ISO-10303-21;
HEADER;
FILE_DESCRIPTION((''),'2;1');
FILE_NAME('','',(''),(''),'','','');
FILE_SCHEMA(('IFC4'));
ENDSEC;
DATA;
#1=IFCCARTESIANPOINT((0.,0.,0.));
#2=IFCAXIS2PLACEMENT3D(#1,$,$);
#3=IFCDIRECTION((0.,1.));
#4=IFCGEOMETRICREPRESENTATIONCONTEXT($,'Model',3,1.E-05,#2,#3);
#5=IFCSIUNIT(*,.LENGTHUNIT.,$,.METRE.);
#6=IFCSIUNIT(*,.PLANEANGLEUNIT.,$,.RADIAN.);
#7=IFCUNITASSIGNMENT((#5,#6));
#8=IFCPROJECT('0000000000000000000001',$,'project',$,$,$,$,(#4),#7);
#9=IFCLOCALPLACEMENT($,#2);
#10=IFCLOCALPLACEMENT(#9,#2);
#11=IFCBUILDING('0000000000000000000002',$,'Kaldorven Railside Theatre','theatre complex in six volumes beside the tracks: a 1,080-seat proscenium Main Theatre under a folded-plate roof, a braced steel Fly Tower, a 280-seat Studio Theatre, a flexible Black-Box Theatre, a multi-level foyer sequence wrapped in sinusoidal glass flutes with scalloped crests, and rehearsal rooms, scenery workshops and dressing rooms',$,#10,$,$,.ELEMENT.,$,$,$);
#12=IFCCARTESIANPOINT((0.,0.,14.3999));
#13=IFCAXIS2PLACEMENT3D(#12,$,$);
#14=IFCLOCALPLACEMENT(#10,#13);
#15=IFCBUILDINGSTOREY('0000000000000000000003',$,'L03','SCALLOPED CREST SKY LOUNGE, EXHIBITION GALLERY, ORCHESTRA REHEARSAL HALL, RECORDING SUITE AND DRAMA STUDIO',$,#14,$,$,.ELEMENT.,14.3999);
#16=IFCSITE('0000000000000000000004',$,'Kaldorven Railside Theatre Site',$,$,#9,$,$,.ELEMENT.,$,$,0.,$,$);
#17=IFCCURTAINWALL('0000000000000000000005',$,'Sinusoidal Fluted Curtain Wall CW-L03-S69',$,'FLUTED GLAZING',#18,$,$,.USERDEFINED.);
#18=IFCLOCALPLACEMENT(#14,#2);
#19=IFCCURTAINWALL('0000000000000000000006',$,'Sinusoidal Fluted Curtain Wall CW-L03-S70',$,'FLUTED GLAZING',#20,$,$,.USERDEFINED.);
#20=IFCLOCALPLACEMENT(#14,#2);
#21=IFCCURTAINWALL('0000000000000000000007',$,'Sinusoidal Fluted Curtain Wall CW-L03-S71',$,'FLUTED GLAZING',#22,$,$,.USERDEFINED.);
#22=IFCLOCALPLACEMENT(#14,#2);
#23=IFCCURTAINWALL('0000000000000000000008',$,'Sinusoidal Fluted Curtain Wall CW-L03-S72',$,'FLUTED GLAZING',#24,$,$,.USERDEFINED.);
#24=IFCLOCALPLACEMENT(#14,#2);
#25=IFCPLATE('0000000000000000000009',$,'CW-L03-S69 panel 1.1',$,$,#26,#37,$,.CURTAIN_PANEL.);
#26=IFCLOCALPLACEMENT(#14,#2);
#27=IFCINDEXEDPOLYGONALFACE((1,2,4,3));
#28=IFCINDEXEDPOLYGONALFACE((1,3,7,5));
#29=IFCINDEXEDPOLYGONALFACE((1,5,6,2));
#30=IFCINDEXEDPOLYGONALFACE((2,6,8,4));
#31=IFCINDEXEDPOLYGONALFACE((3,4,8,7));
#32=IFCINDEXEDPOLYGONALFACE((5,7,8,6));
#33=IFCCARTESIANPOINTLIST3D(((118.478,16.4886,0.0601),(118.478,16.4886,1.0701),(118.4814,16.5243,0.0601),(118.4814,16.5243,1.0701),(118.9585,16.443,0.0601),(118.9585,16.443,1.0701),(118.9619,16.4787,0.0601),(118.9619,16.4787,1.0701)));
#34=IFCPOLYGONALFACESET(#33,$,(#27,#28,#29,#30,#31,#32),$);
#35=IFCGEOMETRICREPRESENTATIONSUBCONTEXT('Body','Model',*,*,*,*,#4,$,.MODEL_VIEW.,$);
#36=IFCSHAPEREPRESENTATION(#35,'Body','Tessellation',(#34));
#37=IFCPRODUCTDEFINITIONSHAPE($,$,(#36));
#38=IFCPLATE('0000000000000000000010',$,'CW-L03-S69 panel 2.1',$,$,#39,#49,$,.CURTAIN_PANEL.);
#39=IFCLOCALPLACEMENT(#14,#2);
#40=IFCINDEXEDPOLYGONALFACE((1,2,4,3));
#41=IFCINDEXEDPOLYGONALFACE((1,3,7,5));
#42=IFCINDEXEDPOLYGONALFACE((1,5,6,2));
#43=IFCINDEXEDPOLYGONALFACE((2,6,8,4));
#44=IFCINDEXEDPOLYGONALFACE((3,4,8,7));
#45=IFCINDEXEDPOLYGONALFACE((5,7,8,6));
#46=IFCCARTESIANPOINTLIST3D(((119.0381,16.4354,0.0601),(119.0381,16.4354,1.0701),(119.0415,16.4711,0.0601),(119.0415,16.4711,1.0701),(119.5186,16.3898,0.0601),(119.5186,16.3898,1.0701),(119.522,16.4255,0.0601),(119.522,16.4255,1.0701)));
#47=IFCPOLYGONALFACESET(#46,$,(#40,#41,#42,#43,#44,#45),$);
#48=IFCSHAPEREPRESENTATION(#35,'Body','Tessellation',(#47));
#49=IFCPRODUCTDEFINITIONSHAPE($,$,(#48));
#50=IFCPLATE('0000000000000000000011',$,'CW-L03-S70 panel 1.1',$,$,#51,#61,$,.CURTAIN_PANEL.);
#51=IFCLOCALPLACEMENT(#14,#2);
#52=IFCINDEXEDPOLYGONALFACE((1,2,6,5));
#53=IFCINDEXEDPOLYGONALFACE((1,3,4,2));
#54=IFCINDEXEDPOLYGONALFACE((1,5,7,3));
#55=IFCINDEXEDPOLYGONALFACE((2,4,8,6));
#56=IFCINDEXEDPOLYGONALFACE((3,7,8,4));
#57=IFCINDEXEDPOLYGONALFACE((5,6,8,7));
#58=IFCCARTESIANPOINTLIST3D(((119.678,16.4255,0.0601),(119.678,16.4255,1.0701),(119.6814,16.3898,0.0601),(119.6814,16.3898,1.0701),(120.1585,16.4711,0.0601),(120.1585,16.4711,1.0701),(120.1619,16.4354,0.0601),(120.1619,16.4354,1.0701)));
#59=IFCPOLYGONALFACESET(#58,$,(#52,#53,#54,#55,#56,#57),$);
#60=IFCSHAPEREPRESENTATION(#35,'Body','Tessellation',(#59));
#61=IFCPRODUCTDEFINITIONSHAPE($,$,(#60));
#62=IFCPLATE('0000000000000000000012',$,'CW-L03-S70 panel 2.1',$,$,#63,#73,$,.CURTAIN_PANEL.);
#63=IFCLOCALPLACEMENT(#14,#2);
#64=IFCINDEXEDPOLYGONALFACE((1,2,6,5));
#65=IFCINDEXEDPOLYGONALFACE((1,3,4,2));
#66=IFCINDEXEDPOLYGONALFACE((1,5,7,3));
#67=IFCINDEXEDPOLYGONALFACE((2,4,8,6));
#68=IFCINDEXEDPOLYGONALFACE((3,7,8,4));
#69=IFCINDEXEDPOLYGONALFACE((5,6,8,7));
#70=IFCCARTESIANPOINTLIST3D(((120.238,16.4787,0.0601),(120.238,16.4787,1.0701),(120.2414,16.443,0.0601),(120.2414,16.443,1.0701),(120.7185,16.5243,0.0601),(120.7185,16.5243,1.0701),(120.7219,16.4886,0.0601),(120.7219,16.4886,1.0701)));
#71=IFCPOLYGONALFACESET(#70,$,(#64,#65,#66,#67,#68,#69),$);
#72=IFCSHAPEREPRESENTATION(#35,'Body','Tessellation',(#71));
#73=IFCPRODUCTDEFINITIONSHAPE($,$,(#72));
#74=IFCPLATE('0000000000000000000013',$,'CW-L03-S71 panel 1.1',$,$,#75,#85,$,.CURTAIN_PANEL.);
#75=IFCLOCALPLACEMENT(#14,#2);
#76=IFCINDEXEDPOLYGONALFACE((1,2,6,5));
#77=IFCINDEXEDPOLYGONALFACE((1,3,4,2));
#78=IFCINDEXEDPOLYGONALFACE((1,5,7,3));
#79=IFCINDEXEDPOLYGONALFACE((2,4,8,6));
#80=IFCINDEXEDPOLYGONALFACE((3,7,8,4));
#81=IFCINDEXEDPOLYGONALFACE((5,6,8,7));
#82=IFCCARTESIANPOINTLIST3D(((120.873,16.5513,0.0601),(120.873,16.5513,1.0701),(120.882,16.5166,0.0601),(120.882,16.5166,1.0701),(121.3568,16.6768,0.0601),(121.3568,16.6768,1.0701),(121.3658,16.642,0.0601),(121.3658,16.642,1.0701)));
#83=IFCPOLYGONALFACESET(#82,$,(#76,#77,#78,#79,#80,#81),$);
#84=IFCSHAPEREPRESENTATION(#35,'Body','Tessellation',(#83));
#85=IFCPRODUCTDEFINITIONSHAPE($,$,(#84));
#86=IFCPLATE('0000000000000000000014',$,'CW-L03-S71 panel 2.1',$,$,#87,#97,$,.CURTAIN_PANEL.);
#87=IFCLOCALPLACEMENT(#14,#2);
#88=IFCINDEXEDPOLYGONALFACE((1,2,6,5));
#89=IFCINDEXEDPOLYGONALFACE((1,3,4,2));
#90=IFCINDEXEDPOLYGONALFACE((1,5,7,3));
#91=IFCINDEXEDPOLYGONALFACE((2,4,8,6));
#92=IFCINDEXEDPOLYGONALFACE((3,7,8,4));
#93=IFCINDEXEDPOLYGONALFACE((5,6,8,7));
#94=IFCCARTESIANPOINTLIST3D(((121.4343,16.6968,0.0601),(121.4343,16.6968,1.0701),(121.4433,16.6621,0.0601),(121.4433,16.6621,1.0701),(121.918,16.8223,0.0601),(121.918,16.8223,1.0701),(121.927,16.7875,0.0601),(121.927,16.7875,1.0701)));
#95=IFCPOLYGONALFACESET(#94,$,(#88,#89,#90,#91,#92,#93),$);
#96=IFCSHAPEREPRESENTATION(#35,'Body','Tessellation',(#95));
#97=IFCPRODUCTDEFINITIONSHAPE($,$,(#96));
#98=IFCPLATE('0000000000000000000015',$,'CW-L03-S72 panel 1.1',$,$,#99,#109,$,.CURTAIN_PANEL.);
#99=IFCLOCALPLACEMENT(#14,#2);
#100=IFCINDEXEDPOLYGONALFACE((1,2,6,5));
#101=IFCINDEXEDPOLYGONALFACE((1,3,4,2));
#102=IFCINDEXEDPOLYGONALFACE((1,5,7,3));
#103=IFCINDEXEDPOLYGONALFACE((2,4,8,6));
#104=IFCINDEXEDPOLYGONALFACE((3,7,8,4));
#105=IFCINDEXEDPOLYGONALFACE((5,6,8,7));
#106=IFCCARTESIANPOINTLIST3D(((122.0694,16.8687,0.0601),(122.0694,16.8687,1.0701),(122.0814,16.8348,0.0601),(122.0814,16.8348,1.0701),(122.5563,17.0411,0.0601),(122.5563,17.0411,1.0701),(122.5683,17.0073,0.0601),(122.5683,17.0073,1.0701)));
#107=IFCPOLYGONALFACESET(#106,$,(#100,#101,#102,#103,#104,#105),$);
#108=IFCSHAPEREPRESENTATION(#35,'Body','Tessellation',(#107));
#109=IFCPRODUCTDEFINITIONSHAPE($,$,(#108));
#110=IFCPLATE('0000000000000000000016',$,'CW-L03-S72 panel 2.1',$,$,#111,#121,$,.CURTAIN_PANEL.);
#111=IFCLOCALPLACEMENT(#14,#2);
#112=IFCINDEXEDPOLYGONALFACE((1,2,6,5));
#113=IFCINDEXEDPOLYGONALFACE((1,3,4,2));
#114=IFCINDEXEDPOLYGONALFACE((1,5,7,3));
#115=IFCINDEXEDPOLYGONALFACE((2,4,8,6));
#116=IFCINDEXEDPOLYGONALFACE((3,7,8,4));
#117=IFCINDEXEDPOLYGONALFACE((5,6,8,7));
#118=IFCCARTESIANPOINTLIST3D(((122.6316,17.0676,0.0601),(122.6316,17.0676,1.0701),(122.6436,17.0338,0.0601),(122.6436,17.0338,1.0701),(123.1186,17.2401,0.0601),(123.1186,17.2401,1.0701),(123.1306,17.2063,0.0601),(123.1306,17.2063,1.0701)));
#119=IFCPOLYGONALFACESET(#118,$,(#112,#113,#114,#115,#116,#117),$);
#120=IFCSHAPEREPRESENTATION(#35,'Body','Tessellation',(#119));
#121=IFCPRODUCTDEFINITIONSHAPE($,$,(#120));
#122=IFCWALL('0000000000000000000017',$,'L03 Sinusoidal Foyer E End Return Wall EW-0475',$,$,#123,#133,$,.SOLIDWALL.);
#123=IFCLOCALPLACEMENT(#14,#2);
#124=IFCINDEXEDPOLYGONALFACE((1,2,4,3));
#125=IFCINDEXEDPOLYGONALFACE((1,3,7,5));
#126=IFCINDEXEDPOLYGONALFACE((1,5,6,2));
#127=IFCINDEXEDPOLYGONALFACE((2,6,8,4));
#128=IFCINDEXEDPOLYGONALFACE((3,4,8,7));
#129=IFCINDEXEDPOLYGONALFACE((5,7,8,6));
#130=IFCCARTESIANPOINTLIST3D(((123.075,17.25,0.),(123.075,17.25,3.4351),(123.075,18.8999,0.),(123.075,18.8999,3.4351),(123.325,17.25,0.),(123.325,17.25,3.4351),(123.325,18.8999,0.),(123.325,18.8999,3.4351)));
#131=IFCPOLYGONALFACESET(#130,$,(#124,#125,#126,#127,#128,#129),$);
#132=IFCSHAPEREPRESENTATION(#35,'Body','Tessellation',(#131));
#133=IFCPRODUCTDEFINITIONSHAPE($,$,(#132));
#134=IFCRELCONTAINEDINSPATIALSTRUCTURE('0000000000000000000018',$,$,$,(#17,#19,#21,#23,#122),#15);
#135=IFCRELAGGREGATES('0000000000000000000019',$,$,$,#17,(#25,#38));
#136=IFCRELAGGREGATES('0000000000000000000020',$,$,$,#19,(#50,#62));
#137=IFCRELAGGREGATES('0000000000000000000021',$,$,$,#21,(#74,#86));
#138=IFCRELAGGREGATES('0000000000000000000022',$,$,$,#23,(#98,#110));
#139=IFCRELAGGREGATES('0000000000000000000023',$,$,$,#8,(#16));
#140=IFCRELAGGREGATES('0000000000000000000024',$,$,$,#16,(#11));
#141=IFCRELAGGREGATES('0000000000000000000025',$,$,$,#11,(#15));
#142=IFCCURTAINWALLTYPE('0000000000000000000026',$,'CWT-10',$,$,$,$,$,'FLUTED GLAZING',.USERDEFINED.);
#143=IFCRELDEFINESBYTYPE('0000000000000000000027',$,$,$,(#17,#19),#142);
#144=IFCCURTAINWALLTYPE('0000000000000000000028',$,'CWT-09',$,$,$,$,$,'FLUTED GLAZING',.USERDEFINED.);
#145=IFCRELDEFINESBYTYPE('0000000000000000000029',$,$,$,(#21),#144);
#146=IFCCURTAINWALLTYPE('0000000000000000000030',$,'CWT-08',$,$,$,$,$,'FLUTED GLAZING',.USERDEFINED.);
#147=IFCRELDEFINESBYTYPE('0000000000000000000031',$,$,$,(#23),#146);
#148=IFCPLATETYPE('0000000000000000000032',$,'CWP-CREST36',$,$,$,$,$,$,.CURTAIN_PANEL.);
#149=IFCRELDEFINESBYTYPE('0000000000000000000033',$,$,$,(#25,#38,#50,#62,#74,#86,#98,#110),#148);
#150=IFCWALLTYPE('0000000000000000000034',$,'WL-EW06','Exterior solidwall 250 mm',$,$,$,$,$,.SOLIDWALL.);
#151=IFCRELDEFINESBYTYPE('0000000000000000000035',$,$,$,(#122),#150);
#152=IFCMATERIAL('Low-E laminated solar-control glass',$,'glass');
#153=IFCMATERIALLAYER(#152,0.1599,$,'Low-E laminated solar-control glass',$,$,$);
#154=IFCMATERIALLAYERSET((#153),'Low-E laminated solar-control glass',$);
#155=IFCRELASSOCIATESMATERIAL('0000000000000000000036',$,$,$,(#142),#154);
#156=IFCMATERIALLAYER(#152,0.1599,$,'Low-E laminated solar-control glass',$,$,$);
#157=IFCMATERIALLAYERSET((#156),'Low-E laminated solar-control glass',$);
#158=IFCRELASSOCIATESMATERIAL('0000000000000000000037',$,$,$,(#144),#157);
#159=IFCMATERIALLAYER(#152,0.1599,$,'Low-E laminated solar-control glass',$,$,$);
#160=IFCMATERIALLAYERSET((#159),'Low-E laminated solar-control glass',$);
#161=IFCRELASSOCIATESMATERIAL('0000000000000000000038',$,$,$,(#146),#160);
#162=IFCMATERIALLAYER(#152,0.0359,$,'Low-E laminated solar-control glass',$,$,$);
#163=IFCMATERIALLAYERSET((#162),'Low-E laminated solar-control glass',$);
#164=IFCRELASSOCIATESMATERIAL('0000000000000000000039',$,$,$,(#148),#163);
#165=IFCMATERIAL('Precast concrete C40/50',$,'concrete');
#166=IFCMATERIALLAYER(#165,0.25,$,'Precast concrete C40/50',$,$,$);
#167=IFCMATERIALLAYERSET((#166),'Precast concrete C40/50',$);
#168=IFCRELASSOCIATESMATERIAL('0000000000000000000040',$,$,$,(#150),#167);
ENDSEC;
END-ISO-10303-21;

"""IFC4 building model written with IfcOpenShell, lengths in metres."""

from ifc_helpers import new_model, si_unit, direction, frame, frame_2d, origin, origin_2d, place, context, subcontext, project, spatial, rectangle, extrude, material, layer, layer_set, type_object, element, aggregate, save


model = new_model("IFC4")

# Units and contexts
model_context = context("Model", 3, precision=1e-05, world=origin(), true_north=direction((0.0, 1.0)))
body_context = subcontext(model_context, "Body", "Model", "MODEL_VIEW")
ifc_project = project(units=[si_unit("LENGTHUNIT", "METRE"), si_unit("PLANEANGLEUNIT", "RADIAN")], contexts=[model_context])

# Site, building, storey
site_placement = place(None, origin())
site = spatial("IfcSite", under=ifc_project, at=site_placement, Name="Kaldorven Railside Theatre Site", CompositionType="ELEMENT", RefElevation=0.0)
building_placement = place(site_placement, origin())
building = spatial("IfcBuilding", under=site, at=building_placement, Name="Kaldorven Railside Theatre", Description="theatre complex in six volumes beside the tracks: a 1,080-seat proscenium Main Theatre under a folded-plate roof, a braced steel Fly Tower, a 280-seat Studio Theatre, a flexible Black-Box Theatre, a multi-level foyer sequence wrapped in sinusoidal glass flutes with scalloped crests, and rehearsal rooms, scenery workshops and dressing rooms", CompositionType="ELEMENT")
storey_placement = place(building_placement, frame((0.0, 0.0, 14.3999)))
storey = spatial("IfcBuildingStorey", under=building, at=storey_placement, Name="L03", Description="SCALLOPED CREST SKY LOUNGE, EXHIBITION GALLERY, ORCHESTRA REHEARSAL HALL, RECORDING SUITE AND DRAMA STUDIO", CompositionType="ELEMENT", Elevation=14.3999)

# Curtain walls
ifc_material_1 = material(Name="Low-E laminated solar-control glass", Category="glass")
ifc_layer_1 = layer(ifc_material_1, 0.1599, Name="Low-E laminated solar-control glass")
ifc_layer_set_1 = layer_set([ifc_layer_1], Name="Low-E laminated solar-control glass")
curtain_wall_type_1 = type_object("IfcCurtainWallType", Name="CWT-10", ElementType="FLUTED GLAZING", PredefinedType="USERDEFINED", material=ifc_layer_set_1)
curtain_wall_1_placement = place(storey_placement, origin())
curtain_wall_1 = element("IfcCurtainWall", 1, at=curtain_wall_1_placement, inside=storey, type_object=curtain_wall_type_1, Name="Sinusoidal Fluted Curtain Wall CW-L03-S69", ObjectType="FLUTED GLAZING", PredefinedType="USERDEFINED")
curtain_wall_2_placement = place(storey_placement, origin())
curtain_wall_2 = element("IfcCurtainWall", 2, at=curtain_wall_2_placement, inside=storey, type_object=curtain_wall_type_1, Name="Sinusoidal Fluted Curtain Wall CW-L03-S70", ObjectType="FLUTED GLAZING", PredefinedType="USERDEFINED")
ifc_layer_2 = layer(ifc_material_1, 0.1599, Name="Low-E laminated solar-control glass")
ifc_layer_set_2 = layer_set([ifc_layer_2], Name="Low-E laminated solar-control glass")
curtain_wall_type_2 = type_object("IfcCurtainWallType", Name="CWT-09", ElementType="FLUTED GLAZING", PredefinedType="USERDEFINED", material=ifc_layer_set_2)
curtain_wall_3_placement = place(storey_placement, origin())
curtain_wall_3 = element("IfcCurtainWall", 3, at=curtain_wall_3_placement, inside=storey, type_object=curtain_wall_type_2, Name="Sinusoidal Fluted Curtain Wall CW-L03-S71", ObjectType="FLUTED GLAZING", PredefinedType="USERDEFINED")
ifc_layer_3 = layer(ifc_material_1, 0.1599, Name="Low-E laminated solar-control glass")
ifc_layer_set_3 = layer_set([ifc_layer_3], Name="Low-E laminated solar-control glass")
curtain_wall_type_3 = type_object("IfcCurtainWallType", Name="CWT-08", ElementType="FLUTED GLAZING", PredefinedType="USERDEFINED", material=ifc_layer_set_3)
curtain_wall_4_placement = place(storey_placement, origin())
curtain_wall_4 = element("IfcCurtainWall", 4, at=curtain_wall_4_placement, inside=storey, type_object=curtain_wall_type_3, Name="Sinusoidal Fluted Curtain Wall CW-L03-S72", ObjectType="FLUTED GLAZING", PredefinedType="USERDEFINED")

# Plates
ifc_layer_4 = layer(ifc_material_1, 0.0359, Name="Low-E laminated solar-control glass")
ifc_layer_set_4 = layer_set([ifc_layer_4], Name="Low-E laminated solar-control glass")
plate_type = type_object("IfcPlateType", Name="CWP-CREST36", PredefinedType="CURTAIN_PANEL", material=ifc_layer_set_4)
plate_1_placement = place(storey_placement, frame((118.72, 16.4836, 0.0601), z_axis=(0.0, 0.0, 1.0), x_axis=(0.995526, -0.094492, 0.0)))
plate_1 = element("IfcPlate", 5, at=plate_1_placement, type_object=plate_type, Name="CW-L03-S69 panel 1.1", PredefinedType="CURTAIN_PANEL", context=body_context, shape_type="SweptSolid", body=[
    extrude(rectangle(XDim=0.4827, YDim=0.0359, at=origin_2d()), origin(), (0.0, 0.0, 1.0), 1.01),
])
plate_2_placement = place(storey_placement, frame((119.28, 16.4304, 0.0601), z_axis=(0.0, 0.0, 1.0), x_axis=(0.995526, -0.094492, 0.0)))
plate_2 = element("IfcPlate", 6, at=plate_2_placement, type_object=plate_type, Name="CW-L03-S69 panel 2.1", PredefinedType="CURTAIN_PANEL", context=body_context, shape_type="SweptSolid", body=[
    extrude(rectangle(XDim=0.4827, YDim=0.0359, at=origin_2d()), origin(), (0.0, 0.0, 1.0), 1.01),
])
aggregate(curtain_wall_1, [plate_1, plate_2])
plate_3_placement = place(storey_placement, frame((119.9199, 16.4304, 0.0601), z_axis=(0.0, 0.0, 1.0), x_axis=(0.995526, 0.094492, 0.0)))
plate_3 = element("IfcPlate", 7, at=plate_3_placement, type_object=plate_type, Name="CW-L03-S70 panel 1.1", PredefinedType="CURTAIN_PANEL", context=body_context, shape_type="SweptSolid", body=[
    extrude(rectangle(XDim=0.4827, YDim=0.0359, at=origin_2d()), origin(), (0.0, 0.0, 1.0), 1.01),
])
plate_4_placement = place(storey_placement, frame((120.48, 16.4836, 0.0601), z_axis=(0.0, 0.0, 1.0), x_axis=(0.995526, 0.094492, 0.0)))
plate_4 = element("IfcPlate", 8, at=plate_4_placement, type_object=plate_type, Name="CW-L03-S70 panel 2.1", PredefinedType="CURTAIN_PANEL", context=body_context, shape_type="SweptSolid", body=[
    extrude(rectangle(XDim=0.4827, YDim=0.0359, at=origin_2d()), origin(), (0.0, 0.0, 1.0), 1.01),
])
aggregate(curtain_wall_2, [plate_3, plate_4])
plate_5_placement = place(storey_placement, frame((121.1194, 16.5967, 0.0601), z_axis=(0.0, 0.0, 1.0), x_axis=(0.967999, 0.250954, 0.0)))
plate_5 = element("IfcPlate", 9, at=plate_5_placement, type_object=plate_type, Name="CW-L03-S71 panel 1.1", PredefinedType="CURTAIN_PANEL", context=body_context, shape_type="SweptSolid", body=[
    extrude(rectangle(XDim=0.4998, YDim=0.0359, at=origin_2d()), origin(), (0.0, 0.0, 1.0), 1.01),
])
plate_6_placement = place(storey_placement, frame((121.6807, 16.7422, 0.0601), z_axis=(0.0, 0.0, 1.0), x_axis=(0.967999, 0.250954, 0.0)))
plate_6 = element("IfcPlate", 10, at=plate_6_placement, type_object=plate_type, Name="CW-L03-S71 panel 2.1", PredefinedType="CURTAIN_PANEL", context=body_context, shape_type="SweptSolid", body=[
    extrude(rectangle(XDim=0.4998, YDim=0.0359, at=origin_2d()), origin(), (0.0, 0.0, 1.0), 1.01),
])
aggregate(curtain_wall_3, [plate_5, plate_6])
plate_7_placement = place(storey_placement, frame((122.3188, 16.938, 0.0601), z_axis=(0.0, 0.0, 1.0), x_axis=(0.942627, 0.333847, 0.0)))
plate_7 = element("IfcPlate", 11, at=plate_7_placement, type_object=plate_type, Name="CW-L03-S72 panel 1.1", PredefinedType="CURTAIN_PANEL", context=body_context, shape_type="SweptSolid", body=[
    extrude(rectangle(XDim=0.5166, YDim=0.0359, at=origin_2d()), origin(), (0.0, 0.0, 1.0), 1.01),
])
plate_8_placement = place(storey_placement, frame((122.8811, 17.137, 0.0601), z_axis=(0.0, 0.0, 1.0), x_axis=(0.942627, 0.333847, 0.0)))
plate_8 = element("IfcPlate", 12, at=plate_8_placement, type_object=plate_type, Name="CW-L03-S72 panel 2.1", PredefinedType="CURTAIN_PANEL", context=body_context, shape_type="SweptSolid", body=[
    extrude(rectangle(XDim=0.5166, YDim=0.0359, at=origin_2d()), origin(), (0.0, 0.0, 1.0), 1.01),
])
aggregate(curtain_wall_4, [plate_7, plate_8])

# Wall
ifc_material_2 = material(Name="Precast concrete C40/50", Category="concrete")
ifc_layer_5 = layer(ifc_material_2, 0.25, Name="Precast concrete C40/50")
ifc_layer_set_5 = layer_set([ifc_layer_5], Name="Precast concrete C40/50")
wall_type = type_object("IfcWallType", Name="WL-EW06", Description="Exterior solidwall 250 mm", PredefinedType="SOLIDWALL", material=ifc_layer_set_5)
wall_placement = place(storey_placement, frame((123.2, 17.25, 0.0), z_axis=(0.0, 0.0, 1.0), x_axis=(0.0, 1.0, 0.0)))
element("IfcWall", 13, at=wall_placement, inside=storey, type_object=wall_type, Name="L03 Sinusoidal Foyer E End Return Wall EW-0475", PredefinedType="SOLIDWALL", context=body_context, shape_type="SweptSolid", body=[
    extrude(rectangle(XDim=1.6499, YDim=0.25, at=frame_2d((0.825, 0.0))), origin(), (0.0, 0.0, 1.0), 3.4351),
])

save(model, "model.ifc")
